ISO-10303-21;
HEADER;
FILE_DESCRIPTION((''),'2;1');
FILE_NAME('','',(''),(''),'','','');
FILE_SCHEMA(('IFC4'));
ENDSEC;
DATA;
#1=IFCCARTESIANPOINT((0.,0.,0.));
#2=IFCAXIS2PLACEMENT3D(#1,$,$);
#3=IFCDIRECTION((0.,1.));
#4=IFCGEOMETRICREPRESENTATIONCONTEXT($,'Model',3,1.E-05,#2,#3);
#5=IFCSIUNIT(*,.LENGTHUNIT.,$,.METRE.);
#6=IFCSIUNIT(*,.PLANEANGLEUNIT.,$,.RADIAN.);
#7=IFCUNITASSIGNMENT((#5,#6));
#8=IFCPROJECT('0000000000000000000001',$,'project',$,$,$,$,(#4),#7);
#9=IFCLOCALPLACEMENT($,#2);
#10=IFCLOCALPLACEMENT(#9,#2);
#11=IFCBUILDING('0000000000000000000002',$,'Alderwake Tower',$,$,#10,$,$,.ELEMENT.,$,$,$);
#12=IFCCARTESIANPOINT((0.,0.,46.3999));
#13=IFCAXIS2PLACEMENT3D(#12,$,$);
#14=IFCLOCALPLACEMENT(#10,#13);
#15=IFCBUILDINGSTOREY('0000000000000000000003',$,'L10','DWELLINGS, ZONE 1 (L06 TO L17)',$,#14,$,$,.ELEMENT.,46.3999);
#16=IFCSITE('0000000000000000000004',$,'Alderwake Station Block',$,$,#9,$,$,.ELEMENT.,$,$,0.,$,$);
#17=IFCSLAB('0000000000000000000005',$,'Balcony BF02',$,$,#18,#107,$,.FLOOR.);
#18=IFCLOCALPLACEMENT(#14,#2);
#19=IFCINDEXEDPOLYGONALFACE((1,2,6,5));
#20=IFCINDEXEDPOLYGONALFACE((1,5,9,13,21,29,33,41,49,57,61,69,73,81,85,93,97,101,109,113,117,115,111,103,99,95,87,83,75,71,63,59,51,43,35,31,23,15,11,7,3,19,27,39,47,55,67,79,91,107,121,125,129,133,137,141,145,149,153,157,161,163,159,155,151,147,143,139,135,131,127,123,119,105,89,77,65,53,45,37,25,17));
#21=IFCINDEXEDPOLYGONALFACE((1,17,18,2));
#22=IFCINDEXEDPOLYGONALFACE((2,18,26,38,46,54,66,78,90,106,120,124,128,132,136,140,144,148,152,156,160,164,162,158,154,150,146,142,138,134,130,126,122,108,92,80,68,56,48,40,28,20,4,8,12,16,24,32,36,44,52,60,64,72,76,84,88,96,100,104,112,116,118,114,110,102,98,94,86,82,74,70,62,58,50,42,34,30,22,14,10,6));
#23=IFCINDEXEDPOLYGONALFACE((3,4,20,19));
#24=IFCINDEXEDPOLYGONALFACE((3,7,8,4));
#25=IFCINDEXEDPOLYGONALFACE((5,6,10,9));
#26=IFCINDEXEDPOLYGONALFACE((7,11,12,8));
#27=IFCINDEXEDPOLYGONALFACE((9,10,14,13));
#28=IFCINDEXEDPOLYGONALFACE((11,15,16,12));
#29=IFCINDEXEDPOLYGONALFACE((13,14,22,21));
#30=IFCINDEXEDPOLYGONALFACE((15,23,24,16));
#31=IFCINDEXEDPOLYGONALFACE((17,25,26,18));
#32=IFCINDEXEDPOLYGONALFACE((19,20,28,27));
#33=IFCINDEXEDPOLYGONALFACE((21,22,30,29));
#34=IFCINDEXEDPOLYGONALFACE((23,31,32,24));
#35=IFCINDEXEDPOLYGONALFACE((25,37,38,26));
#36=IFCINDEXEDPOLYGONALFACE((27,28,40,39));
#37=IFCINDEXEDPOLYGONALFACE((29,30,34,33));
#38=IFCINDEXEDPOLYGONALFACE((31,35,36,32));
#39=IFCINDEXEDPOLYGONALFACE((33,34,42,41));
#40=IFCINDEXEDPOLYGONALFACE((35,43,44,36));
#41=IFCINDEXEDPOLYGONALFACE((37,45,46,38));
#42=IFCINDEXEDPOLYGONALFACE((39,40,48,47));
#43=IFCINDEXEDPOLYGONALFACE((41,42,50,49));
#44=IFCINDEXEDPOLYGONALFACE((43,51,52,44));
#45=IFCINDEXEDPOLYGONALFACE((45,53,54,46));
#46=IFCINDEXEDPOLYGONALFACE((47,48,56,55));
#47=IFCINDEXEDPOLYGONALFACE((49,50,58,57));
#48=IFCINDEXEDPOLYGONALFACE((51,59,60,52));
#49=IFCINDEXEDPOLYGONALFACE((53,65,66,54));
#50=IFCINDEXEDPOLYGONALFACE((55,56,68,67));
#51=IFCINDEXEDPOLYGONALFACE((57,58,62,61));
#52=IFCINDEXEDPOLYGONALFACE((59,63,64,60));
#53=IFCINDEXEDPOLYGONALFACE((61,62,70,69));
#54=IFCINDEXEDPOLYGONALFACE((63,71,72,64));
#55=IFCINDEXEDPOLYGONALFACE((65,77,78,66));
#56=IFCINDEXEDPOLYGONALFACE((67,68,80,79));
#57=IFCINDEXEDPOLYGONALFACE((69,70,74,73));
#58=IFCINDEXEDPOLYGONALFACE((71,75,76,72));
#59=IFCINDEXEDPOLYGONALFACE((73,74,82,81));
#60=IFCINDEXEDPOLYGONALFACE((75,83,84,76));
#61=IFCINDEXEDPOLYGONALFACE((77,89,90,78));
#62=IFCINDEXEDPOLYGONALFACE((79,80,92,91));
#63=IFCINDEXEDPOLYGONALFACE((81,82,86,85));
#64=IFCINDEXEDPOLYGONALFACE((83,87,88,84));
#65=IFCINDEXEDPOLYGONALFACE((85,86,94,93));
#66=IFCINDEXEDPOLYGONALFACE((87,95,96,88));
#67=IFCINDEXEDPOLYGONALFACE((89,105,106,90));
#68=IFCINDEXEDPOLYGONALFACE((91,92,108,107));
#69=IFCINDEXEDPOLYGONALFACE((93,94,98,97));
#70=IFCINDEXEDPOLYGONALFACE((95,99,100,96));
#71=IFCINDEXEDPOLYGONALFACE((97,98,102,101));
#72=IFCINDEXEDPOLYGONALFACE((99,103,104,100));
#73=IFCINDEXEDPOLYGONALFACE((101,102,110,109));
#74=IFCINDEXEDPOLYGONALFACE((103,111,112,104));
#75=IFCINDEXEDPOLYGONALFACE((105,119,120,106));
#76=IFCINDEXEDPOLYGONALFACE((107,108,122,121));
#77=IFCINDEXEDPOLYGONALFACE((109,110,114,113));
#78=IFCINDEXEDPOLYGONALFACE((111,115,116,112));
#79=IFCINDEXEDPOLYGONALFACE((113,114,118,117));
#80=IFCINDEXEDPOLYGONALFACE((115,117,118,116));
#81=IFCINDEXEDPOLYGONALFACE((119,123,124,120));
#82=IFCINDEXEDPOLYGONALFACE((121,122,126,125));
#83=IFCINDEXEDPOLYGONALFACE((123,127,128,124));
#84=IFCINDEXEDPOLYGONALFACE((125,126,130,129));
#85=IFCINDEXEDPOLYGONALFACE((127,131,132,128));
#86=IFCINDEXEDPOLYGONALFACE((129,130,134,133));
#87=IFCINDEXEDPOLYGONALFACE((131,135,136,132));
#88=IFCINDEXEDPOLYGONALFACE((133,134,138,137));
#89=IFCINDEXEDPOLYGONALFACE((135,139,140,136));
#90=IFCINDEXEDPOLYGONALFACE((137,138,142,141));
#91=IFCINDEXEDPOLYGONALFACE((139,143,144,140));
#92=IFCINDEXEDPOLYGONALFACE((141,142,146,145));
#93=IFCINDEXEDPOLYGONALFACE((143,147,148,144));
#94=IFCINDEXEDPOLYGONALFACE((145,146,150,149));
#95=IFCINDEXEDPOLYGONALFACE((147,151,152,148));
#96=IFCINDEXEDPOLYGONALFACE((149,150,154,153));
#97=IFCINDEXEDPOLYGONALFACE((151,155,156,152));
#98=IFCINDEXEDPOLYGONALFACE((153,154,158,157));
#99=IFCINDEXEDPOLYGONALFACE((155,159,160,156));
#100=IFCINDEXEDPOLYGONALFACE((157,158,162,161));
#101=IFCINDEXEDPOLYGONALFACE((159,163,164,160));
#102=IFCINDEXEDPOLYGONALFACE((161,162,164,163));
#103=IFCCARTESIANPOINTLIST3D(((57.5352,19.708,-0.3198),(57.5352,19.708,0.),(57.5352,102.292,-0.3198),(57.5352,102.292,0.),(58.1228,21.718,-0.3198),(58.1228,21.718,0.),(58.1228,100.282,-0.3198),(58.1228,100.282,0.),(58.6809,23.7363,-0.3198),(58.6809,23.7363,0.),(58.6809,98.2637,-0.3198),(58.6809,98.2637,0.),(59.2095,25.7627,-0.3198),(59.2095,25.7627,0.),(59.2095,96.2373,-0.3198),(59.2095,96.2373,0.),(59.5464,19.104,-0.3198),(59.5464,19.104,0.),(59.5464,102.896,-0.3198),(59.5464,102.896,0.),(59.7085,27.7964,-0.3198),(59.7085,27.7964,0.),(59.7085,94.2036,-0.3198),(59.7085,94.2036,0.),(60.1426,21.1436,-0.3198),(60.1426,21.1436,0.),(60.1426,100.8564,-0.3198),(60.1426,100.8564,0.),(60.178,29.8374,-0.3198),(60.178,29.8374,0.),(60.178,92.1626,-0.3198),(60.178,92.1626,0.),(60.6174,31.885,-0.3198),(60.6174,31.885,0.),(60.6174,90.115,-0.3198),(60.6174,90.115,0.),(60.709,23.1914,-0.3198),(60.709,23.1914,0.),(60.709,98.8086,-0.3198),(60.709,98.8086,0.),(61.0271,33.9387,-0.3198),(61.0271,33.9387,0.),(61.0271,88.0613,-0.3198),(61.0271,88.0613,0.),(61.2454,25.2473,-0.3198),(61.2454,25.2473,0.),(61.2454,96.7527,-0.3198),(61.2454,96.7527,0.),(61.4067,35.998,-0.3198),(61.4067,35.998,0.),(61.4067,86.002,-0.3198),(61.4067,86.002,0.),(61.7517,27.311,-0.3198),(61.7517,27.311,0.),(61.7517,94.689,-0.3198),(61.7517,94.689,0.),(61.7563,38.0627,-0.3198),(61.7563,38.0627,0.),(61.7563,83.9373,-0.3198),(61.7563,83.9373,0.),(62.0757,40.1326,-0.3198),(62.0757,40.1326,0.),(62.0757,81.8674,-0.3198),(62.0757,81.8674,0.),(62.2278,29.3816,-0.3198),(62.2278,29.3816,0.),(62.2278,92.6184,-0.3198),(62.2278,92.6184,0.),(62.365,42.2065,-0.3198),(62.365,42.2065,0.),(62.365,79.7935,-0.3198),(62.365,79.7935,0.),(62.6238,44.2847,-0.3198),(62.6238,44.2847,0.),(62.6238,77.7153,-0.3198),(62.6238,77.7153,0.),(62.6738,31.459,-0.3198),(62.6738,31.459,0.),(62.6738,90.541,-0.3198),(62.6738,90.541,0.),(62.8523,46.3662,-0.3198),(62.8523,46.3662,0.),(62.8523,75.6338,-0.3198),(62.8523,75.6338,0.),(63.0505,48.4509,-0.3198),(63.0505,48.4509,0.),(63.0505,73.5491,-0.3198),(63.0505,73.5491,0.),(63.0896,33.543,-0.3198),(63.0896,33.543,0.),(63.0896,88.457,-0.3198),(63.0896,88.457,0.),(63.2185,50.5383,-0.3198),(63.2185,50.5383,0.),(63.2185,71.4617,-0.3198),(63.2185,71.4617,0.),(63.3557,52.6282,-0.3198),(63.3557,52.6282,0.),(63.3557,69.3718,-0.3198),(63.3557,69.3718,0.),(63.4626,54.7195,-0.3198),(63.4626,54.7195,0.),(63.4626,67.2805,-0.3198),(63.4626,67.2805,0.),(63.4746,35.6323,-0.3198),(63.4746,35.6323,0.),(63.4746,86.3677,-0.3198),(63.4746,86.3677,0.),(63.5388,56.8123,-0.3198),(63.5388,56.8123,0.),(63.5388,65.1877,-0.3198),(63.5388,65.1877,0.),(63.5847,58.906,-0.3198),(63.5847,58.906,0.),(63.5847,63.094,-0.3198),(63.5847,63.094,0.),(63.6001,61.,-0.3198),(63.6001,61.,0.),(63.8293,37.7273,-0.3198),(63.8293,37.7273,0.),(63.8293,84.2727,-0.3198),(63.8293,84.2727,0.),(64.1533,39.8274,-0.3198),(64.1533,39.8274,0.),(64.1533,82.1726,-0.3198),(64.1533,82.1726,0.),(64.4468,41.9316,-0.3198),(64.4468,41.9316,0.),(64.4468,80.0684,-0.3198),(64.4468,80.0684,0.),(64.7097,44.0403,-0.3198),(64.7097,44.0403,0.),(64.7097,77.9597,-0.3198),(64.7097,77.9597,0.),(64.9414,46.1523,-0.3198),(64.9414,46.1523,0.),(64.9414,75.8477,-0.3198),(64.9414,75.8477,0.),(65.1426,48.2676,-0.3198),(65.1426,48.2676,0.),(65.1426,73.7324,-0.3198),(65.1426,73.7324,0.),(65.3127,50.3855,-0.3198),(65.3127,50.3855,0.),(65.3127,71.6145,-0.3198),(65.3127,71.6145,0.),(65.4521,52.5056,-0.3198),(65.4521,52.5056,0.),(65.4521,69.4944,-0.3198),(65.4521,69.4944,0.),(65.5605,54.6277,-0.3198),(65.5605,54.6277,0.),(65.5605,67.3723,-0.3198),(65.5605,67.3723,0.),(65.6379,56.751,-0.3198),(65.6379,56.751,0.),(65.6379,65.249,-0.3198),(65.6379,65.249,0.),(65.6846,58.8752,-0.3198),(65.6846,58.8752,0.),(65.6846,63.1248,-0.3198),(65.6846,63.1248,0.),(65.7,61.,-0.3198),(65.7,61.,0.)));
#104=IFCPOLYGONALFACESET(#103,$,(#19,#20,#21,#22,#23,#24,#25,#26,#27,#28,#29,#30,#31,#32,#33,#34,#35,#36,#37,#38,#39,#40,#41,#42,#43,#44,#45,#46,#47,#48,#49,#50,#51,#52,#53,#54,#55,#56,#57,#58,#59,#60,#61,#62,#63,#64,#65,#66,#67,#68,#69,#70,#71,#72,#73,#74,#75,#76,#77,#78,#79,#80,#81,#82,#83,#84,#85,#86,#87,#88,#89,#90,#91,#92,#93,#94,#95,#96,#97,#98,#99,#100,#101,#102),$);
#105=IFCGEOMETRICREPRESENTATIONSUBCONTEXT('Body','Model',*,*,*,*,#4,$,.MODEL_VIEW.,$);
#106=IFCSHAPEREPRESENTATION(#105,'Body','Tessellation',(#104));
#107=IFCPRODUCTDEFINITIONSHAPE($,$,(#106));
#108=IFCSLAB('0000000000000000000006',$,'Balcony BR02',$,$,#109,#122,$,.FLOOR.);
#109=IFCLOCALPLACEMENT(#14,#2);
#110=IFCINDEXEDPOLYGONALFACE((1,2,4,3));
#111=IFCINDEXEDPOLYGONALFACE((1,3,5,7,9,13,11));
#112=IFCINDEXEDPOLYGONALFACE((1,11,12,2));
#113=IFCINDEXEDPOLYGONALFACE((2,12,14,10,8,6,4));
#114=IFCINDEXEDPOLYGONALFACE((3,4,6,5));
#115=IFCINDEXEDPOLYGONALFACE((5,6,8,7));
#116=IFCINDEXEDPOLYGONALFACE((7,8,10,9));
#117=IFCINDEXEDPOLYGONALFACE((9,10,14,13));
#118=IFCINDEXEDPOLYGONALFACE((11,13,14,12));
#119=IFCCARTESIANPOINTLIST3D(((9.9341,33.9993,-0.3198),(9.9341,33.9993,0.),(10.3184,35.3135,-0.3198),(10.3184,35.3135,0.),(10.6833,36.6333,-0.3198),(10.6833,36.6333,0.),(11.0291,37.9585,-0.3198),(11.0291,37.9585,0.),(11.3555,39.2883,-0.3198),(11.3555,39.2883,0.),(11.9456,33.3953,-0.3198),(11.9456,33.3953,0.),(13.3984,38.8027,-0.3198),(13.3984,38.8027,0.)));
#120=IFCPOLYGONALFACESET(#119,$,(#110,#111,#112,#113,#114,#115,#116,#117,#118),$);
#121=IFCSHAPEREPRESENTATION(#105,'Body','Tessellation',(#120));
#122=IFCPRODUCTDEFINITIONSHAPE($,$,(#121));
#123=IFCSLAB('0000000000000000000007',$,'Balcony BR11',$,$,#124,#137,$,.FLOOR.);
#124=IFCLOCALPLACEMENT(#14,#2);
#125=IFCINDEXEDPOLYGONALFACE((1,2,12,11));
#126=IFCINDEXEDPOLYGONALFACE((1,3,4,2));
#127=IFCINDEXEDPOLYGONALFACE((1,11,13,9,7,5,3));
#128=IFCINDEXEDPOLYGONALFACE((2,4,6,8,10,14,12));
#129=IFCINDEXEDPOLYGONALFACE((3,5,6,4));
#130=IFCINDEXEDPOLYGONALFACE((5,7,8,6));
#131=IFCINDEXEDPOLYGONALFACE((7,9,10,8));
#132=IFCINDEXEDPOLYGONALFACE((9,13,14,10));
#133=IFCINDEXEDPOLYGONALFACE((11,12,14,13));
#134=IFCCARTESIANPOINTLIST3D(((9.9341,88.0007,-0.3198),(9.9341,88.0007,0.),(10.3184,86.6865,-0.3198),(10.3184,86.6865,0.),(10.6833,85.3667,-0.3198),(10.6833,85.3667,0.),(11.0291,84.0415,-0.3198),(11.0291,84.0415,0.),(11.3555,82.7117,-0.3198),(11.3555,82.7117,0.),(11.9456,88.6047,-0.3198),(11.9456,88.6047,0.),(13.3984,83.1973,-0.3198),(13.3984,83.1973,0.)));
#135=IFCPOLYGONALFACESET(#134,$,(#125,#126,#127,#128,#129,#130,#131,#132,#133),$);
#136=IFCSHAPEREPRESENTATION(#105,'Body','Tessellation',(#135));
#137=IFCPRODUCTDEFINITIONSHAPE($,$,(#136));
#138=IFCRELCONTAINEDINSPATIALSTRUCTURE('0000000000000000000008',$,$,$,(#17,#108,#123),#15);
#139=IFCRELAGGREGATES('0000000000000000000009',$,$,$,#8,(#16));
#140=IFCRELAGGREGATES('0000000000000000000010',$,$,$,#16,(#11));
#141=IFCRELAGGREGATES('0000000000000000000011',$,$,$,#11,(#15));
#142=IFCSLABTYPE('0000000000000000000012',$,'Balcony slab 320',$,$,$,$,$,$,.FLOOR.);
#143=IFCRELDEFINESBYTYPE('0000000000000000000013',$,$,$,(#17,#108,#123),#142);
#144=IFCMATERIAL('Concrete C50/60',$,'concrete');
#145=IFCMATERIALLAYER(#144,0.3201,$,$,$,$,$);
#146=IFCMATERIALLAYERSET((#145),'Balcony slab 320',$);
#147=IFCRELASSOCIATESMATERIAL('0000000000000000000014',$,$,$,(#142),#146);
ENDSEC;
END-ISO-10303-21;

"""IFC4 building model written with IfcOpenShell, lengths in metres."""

from ifc_helpers import new_model, si_unit, direction, frame, origin, place, context, subcontext, project, spatial, polyline, outline, extrude, material, layer, layer_set, type_object, element, save


model = new_model("IFC4")

# Units and contexts
model_context = context("Model", 3, precision=1e-05, world=origin(), true_north=direction((0.0, 1.0)))
body_context = subcontext(model_context, "Body", "Model", "MODEL_VIEW")
ifc_project = project(units=[si_unit("LENGTHUNIT", "METRE"), si_unit("PLANEANGLEUNIT", "RADIAN")], contexts=[model_context])

# Site, building, storey
site_placement = place(None, origin())
site = spatial("IfcSite", under=ifc_project, at=site_placement, Name="Alderwake Station Block", CompositionType="ELEMENT", RefElevation=0.0)
building_placement = place(site_placement, origin())
building = spatial("IfcBuilding", under=site, at=building_placement, Name="Alderwake Tower", CompositionType="ELEMENT")
storey_placement = place(building_placement, frame((0.0, 0.0, 46.3999)))
storey = spatial("IfcBuildingStorey", under=building, at=storey_placement, Name="L10", Description="DWELLINGS, ZONE 1 (L06 TO L17)", CompositionType="ELEMENT", Elevation=46.3999)

# Slabs
ifc_material_1 = material(Name="Concrete C50/60", Category="concrete")
ifc_layer_1 = layer(ifc_material_1, 0.3201)
ifc_layer_set_1 = layer_set([ifc_layer_1], Name="Balcony slab 320")
slab_type_1 = type_object("IfcSlabType", Name="Balcony slab 320", PredefinedType="FLOOR", material=ifc_layer_set_1)
slab_1_placement = place(storey_placement, frame((0.0, 0.0, -0.3198)))
element("IfcSlab", 1, at=slab_1_placement, inside=storey, type_object=slab_type_1, Name="Balcony BF02", PredefinedType="FLOOR", context=body_context, shape_type="SweptSolid", body=[
    extrude(outline(polyline([(59.5464, 19.104), (60.1426, 21.1436), (60.709, 23.1914), (61.2454, 25.2473), (61.7517, 27.311), (62.2278, 29.3816), (62.6738, 31.459), (63.0896, 33.543), (63.4746, 35.6323), (63.8293, 37.7273), (64.1533, 39.8274), (64.4468, 41.9316), (64.7097, 44.0403), (64.9414, 46.1523), (65.1426, 48.2676), (65.3127, 50.3855), (65.4521, 52.5056), (65.5605, 54.6277), (65.6379, 56.751), (65.6846, 58.8752), (65.7, 61.0), (65.6846, 63.1248), (65.6379, 65.249), (65.5605, 67.3723), (65.4521, 69.4944), (65.3127, 71.6145), (65.1426, 73.7324), (64.9414, 75.8477), (64.7097, 77.9597), (64.4468, 80.0684), (64.1533, 82.1726), (63.8293, 84.2727), (63.4746, 86.3677), (63.0896, 88.457), (62.6738, 90.541), (62.2278, 92.6184), (61.7517, 94.689), (61.2454, 96.7527), (60.709, 98.8086), (60.1426, 100.8564), (59.5464, 102.896), (57.5352, 102.292), (58.1228, 100.282), (58.6809, 98.2637), (59.2095, 96.2373), (59.7085, 94.2036), (60.178, 92.1626), (60.6174, 90.115), (61.0271, 88.0613), (61.4067, 86.002), (61.7563, 83.9373), (62.0757, 81.8674), (62.365, 79.7935), (62.6238, 77.7153), (62.8523, 75.6338), (63.0505, 73.5491), (63.2185, 71.4617), (63.3557, 69.3718), (63.4626, 67.2805), (63.5388, 65.1877), (63.5847, 63.094), (63.6001, 61.0), (63.5847, 58.906), (63.5388, 56.8123), (63.4626, 54.7195), (63.3557, 52.6282), (63.2185, 50.5383), (63.0505, 48.4509), (62.8523, 46.3662), (62.6238, 44.2847), (62.365, 42.2065), (62.0757, 40.1326), (61.7563, 38.0627), (61.4067, 35.998), (61.0271, 33.9387), (60.6174, 31.885), (60.178, 29.8374), (59.7085, 27.7964), (59.2095, 25.7627), (58.6809, 23.7363), (58.1228, 21.718), (57.5352, 19.708), (59.5464, 19.104)])), origin(), (0.0, 0.0, 1.0), 0.3198),
])
slab_2_placement = place(storey_placement, frame((0.0, 0.0, -0.3198)))
element("IfcSlab", 2, at=slab_2_placement, inside=storey, type_object=slab_type_1, Name="Balcony BR02", PredefinedType="FLOOR", context=body_context, shape_type="SweptSolid", body=[
    extrude(outline(polyline([(9.9341, 33.9993), (11.9456, 33.3953), (13.3984, 38.8027), (11.3555, 39.2883), (11.0291, 37.9585), (10.6833, 36.6333), (10.3184, 35.3135), (9.9341, 33.9993)])), origin(), (0.0, 0.0, 1.0), 0.3198),
])
slab_3_placement = place(storey_placement, frame((0.0, 0.0, -0.3198)))
element("IfcSlab", 3, at=slab_3_placement, inside=storey, type_object=slab_type_1, Name="Balcony BR11", PredefinedType="FLOOR", context=body_context, shape_type="SweptSolid", body=[
    extrude(outline(polyline([(11.3555, 82.7117), (13.3984, 83.1973), (11.9456, 88.6047), (9.9341, 88.0007), (10.3184, 86.6865), (10.6833, 85.3667), (11.0291, 84.0415), (11.3555, 82.7117)])), origin(), (0.0, 0.0, 1.0), 0.3198),
])

save(model, "model.ifc")
